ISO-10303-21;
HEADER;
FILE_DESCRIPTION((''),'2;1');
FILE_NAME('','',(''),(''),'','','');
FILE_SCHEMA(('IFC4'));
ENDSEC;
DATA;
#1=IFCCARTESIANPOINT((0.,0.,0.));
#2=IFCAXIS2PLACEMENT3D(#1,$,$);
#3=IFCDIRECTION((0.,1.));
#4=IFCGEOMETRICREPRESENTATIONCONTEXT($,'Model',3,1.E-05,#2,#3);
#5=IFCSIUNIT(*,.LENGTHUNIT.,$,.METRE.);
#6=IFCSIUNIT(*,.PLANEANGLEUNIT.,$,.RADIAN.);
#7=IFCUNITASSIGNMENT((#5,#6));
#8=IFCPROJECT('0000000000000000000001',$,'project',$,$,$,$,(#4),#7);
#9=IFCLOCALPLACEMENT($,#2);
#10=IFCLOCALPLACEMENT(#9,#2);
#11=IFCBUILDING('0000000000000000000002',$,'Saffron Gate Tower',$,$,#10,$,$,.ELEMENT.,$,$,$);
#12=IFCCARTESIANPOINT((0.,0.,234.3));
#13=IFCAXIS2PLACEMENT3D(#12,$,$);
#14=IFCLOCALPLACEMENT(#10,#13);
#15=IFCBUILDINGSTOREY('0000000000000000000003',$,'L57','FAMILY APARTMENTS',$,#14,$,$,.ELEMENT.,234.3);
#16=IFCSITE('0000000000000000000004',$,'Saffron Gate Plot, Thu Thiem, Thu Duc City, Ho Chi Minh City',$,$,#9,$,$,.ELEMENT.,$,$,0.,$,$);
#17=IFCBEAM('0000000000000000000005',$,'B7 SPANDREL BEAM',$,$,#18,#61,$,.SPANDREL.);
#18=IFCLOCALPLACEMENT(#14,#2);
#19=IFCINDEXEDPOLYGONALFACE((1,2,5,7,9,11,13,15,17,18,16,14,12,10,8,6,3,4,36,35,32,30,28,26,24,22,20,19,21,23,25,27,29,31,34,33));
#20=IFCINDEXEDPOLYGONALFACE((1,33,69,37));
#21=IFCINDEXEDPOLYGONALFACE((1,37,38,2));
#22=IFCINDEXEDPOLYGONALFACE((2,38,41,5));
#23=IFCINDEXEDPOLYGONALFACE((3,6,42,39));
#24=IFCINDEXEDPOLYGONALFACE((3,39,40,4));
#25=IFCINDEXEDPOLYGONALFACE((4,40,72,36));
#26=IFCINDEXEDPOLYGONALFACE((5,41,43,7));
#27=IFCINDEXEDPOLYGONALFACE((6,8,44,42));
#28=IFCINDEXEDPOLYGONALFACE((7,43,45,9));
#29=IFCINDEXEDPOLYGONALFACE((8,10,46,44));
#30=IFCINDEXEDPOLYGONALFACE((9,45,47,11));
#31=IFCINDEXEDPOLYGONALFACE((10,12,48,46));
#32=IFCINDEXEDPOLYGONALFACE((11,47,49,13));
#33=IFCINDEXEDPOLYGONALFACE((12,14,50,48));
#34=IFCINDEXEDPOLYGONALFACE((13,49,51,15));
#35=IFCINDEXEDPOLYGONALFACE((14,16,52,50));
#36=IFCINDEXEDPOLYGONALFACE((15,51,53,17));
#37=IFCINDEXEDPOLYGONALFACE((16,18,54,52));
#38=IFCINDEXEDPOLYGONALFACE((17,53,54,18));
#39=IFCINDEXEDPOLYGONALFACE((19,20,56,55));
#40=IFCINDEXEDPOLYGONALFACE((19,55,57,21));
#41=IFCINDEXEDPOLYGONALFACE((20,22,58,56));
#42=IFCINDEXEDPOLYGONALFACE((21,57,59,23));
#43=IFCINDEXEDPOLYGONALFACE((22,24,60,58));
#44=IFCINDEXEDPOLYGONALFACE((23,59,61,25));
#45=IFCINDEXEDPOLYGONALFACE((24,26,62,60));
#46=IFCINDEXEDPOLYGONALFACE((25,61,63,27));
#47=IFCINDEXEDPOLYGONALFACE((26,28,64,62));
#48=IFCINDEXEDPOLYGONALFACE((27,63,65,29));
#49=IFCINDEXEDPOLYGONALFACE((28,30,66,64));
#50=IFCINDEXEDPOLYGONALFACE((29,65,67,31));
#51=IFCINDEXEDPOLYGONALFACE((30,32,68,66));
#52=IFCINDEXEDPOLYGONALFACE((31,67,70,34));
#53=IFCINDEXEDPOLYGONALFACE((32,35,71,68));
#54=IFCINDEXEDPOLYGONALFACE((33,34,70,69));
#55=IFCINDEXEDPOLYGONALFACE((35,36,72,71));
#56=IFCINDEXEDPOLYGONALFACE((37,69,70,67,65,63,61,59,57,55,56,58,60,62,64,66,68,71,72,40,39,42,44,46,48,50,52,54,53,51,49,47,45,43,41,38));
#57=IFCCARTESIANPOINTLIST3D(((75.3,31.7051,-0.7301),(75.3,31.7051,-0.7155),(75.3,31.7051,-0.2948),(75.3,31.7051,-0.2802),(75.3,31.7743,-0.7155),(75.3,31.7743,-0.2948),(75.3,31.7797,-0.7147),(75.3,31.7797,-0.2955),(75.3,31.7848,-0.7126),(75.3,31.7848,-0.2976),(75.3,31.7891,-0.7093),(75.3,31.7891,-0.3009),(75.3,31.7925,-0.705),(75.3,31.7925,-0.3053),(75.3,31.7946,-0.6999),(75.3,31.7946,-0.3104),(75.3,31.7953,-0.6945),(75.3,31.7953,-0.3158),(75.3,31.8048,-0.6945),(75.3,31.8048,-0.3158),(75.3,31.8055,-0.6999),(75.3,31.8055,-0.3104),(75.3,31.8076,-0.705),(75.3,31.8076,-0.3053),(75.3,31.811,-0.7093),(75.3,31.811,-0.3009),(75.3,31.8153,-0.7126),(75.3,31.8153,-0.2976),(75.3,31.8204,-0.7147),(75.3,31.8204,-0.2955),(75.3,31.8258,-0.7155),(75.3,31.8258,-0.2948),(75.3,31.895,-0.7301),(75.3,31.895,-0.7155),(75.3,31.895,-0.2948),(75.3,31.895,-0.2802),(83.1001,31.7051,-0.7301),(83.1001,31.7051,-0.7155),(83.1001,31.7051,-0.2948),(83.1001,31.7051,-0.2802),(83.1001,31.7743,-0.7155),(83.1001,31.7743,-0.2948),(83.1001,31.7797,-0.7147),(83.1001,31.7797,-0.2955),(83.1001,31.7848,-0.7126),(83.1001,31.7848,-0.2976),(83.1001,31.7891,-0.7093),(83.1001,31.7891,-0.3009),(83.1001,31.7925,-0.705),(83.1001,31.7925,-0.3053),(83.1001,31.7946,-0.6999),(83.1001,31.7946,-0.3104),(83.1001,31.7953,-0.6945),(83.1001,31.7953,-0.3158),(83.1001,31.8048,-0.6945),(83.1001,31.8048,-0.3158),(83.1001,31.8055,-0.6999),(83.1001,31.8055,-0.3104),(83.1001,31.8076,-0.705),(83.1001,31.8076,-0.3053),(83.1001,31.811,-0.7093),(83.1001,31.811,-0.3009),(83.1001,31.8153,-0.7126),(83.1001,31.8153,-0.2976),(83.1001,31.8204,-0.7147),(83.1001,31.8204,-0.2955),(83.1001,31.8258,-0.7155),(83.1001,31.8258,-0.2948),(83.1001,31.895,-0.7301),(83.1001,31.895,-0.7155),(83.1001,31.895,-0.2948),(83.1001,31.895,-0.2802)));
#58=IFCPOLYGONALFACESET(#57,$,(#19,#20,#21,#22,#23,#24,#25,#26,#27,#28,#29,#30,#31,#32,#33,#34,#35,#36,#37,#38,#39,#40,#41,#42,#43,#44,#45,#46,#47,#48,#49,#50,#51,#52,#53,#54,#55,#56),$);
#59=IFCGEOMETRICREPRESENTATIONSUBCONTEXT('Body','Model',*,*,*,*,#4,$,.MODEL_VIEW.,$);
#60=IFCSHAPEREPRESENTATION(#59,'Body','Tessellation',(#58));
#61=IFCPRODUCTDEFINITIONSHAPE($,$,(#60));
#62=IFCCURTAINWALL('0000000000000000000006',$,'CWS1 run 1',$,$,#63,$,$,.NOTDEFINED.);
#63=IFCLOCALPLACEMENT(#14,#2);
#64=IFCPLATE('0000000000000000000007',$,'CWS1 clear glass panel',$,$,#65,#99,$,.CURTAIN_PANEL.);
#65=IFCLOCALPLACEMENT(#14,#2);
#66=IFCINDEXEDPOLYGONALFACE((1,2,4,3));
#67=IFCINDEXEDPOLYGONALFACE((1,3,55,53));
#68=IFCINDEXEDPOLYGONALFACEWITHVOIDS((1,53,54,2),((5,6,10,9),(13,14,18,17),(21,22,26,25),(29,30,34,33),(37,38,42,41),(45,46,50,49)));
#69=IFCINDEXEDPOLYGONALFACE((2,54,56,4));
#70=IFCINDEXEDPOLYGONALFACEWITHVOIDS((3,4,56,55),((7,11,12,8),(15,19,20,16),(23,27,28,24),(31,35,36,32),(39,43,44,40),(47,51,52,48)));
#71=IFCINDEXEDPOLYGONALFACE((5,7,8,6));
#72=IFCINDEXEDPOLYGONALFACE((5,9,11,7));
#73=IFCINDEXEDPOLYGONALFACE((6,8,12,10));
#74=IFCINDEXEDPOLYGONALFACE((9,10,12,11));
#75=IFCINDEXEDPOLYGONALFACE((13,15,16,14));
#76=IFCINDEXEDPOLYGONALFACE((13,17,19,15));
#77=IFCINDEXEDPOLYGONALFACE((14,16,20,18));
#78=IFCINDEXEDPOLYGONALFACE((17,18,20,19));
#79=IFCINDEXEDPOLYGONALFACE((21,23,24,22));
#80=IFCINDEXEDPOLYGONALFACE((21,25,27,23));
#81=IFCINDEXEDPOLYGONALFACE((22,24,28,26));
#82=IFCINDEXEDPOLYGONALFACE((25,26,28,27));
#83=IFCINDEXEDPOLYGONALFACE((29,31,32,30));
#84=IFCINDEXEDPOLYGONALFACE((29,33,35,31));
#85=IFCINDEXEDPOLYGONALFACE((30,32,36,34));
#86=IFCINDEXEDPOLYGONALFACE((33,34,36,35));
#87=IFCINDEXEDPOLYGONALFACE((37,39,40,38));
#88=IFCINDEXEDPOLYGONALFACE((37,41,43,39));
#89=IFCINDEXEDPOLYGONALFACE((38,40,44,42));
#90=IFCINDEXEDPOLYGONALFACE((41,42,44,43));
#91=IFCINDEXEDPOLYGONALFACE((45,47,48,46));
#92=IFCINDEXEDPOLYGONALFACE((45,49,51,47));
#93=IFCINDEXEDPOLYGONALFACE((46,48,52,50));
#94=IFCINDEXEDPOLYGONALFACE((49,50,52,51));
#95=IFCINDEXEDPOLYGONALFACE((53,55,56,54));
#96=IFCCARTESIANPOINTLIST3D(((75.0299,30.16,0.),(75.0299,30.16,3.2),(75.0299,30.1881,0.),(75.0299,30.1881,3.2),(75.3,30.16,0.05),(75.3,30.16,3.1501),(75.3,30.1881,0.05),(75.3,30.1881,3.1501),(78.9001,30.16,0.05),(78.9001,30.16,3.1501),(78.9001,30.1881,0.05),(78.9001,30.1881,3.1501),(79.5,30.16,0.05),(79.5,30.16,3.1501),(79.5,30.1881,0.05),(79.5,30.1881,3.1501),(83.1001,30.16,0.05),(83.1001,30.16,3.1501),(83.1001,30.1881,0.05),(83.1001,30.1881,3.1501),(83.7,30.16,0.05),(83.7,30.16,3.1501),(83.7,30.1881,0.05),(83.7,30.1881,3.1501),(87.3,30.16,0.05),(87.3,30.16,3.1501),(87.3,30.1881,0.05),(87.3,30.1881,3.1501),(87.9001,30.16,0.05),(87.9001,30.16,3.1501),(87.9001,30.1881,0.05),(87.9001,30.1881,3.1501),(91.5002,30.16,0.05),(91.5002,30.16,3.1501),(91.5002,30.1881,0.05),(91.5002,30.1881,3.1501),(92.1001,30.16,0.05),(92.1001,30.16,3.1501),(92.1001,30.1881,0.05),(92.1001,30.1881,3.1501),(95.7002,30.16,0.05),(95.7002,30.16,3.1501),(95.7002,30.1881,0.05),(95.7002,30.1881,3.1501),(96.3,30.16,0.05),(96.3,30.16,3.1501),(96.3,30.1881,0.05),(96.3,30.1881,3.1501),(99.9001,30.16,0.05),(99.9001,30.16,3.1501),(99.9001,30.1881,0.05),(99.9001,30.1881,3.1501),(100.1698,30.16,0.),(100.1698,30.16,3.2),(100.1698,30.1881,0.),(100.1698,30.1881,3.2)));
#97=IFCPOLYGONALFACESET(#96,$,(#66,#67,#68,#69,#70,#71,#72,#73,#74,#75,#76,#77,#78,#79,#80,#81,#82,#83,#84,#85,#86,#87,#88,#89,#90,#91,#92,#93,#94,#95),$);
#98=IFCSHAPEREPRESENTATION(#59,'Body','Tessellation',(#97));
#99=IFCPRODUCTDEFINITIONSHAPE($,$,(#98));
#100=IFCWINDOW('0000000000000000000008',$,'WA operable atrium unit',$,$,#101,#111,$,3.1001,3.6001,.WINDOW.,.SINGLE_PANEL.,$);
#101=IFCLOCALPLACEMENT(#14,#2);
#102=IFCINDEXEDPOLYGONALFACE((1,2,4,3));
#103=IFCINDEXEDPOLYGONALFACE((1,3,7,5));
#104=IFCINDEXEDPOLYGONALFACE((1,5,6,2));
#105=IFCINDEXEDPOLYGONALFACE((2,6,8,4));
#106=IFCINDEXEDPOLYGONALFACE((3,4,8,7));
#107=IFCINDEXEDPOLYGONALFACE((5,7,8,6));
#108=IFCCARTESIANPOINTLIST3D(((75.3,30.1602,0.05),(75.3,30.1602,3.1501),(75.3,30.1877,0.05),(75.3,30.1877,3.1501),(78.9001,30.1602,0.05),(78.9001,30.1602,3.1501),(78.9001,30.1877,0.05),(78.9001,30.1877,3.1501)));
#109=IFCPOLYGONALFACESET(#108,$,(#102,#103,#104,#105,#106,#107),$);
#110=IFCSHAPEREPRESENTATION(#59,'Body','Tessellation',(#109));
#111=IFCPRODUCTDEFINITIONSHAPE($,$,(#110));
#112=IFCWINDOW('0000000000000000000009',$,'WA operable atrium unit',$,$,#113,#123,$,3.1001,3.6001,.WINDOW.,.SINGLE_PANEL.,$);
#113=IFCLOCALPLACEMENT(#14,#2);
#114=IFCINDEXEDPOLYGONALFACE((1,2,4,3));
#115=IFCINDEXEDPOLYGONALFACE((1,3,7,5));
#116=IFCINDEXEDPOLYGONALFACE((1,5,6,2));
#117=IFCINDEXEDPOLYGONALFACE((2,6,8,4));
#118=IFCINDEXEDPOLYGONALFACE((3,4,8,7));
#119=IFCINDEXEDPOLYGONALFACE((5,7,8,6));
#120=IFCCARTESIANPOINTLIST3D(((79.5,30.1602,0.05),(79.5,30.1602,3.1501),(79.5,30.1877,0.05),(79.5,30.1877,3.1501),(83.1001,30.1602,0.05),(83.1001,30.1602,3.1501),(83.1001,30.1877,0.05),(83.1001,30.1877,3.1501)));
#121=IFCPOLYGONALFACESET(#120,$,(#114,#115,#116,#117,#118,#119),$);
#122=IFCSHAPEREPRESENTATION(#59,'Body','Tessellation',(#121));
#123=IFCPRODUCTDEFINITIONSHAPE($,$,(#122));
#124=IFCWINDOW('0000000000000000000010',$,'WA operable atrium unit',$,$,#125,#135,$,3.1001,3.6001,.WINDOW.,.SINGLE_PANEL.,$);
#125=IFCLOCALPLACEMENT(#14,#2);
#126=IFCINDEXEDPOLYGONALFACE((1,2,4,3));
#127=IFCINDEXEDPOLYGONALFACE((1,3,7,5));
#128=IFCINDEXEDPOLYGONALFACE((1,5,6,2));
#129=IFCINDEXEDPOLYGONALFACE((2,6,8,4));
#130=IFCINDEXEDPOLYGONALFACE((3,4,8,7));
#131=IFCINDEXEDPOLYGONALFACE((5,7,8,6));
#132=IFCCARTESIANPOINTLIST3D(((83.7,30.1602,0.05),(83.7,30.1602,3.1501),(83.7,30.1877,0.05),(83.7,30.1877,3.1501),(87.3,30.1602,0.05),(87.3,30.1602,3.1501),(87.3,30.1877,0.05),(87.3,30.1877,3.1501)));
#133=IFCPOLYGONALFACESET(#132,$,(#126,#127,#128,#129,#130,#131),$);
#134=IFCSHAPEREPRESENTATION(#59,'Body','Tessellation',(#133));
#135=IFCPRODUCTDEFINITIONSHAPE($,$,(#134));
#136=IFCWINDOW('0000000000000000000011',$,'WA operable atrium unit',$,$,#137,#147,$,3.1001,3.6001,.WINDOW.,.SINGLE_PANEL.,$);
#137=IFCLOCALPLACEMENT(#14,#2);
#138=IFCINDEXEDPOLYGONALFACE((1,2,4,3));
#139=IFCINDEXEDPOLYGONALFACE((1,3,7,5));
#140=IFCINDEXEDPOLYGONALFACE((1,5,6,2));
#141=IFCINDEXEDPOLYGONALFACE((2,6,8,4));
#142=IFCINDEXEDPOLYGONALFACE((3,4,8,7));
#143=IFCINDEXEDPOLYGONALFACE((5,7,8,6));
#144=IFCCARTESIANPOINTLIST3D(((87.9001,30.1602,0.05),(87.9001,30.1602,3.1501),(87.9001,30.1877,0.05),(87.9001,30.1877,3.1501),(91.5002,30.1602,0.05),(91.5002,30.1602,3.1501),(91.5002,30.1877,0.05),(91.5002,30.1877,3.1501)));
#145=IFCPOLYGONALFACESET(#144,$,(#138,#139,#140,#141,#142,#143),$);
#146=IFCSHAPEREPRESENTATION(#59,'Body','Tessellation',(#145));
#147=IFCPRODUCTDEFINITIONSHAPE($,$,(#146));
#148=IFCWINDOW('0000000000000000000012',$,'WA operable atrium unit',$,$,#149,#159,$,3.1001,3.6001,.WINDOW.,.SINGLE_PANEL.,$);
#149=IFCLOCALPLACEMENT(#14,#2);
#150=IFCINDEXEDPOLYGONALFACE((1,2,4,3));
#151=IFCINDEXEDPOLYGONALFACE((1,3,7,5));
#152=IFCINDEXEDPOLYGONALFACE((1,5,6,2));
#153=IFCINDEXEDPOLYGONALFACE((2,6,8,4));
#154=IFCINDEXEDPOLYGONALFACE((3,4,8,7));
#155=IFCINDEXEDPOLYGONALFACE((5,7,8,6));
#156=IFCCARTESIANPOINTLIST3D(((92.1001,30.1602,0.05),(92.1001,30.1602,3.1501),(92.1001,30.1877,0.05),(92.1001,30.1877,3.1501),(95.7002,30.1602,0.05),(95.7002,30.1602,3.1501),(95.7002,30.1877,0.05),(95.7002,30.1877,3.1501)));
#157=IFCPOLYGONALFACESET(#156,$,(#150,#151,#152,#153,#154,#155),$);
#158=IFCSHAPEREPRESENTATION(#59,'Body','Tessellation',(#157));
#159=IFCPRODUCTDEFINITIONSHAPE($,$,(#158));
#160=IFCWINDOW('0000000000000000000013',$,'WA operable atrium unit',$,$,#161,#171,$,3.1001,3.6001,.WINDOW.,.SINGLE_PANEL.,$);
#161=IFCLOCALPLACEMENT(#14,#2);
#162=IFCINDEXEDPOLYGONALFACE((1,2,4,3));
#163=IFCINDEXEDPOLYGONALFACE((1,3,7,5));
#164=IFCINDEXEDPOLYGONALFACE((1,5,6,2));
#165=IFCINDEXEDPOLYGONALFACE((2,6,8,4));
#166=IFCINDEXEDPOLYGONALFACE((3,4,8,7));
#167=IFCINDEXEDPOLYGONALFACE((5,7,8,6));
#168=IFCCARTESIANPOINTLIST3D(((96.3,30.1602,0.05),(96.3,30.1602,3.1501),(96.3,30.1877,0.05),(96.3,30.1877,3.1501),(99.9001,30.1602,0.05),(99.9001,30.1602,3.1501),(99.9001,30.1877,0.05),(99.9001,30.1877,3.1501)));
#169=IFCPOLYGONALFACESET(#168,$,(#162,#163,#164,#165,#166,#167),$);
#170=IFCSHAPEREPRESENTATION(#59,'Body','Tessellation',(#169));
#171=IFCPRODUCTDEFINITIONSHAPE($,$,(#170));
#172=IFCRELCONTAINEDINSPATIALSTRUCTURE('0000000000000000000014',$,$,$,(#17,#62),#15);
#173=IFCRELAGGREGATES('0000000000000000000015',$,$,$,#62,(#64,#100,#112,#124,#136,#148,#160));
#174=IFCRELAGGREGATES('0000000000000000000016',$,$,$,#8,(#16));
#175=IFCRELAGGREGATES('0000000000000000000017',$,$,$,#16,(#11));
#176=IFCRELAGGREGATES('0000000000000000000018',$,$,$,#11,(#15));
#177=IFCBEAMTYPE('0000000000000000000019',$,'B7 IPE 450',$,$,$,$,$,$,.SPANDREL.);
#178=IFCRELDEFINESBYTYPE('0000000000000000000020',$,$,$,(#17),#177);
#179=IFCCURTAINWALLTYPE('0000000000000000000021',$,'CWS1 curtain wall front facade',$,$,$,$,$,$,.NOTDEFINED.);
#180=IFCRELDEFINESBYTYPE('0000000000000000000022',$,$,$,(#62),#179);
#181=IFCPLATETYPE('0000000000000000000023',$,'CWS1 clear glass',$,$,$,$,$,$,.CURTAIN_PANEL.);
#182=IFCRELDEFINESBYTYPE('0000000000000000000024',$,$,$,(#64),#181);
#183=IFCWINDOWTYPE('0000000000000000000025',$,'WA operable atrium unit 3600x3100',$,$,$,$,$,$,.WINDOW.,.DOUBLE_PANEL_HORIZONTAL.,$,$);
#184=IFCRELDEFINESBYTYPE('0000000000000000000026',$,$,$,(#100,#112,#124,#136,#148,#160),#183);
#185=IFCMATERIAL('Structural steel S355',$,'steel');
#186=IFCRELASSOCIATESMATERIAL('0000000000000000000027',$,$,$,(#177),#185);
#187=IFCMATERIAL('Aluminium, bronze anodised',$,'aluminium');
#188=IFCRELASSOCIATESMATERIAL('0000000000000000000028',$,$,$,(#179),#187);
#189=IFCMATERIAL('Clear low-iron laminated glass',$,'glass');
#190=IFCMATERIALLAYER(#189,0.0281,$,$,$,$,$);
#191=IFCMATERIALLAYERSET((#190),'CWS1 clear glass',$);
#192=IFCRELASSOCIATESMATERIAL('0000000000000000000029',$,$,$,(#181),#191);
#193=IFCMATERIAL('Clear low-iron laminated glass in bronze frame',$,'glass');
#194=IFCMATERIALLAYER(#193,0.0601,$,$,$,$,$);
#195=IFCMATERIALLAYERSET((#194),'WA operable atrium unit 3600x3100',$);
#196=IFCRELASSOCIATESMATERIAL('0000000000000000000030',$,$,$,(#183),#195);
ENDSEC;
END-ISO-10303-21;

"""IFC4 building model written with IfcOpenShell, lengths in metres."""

from ifc_helpers import new_model, si_unit, direction, frame, frame_2d, origin, origin_2d, place, context, subcontext, project, spatial, rectangle, i_section, extrude, material, layer, layer_set, material_profile, profile_set, type_object, element, fill, aggregate, save


model = new_model("IFC4")

# Units and contexts
model_context = context("Model", 3, precision=1e-05, world=origin(), true_north=direction((0.0, 1.0)))
body_context = subcontext(model_context, "Body", "Model", "MODEL_VIEW")
ifc_project = project(units=[si_unit("LENGTHUNIT", "METRE"), si_unit("PLANEANGLEUNIT", "RADIAN")], contexts=[model_context])

# Site, building, storey
site_placement = place(None, origin())
site = spatial("IfcSite", under=ifc_project, at=site_placement, Name="Saffron Gate Plot, Thu Thiem, Thu Duc City, Ho Chi Minh City", CompositionType="ELEMENT", RefElevation=0.0)
building_placement = place(site_placement, origin())
building = spatial("IfcBuilding", under=site, at=building_placement, Name="Saffron Gate Tower", CompositionType="ELEMENT")
storey_placement = place(building_placement, frame((0.0, 0.0, 234.3)))
storey = spatial("IfcBuildingStorey", under=building, at=storey_placement, Name="L57", Description="FAMILY APARTMENTS", CompositionType="ELEMENT", Elevation=234.3)

# Beam
ifc_material_1 = material(Name="Structural steel S355", Category="steel")
ifc_material_profile_1 = material_profile(ifc_material_1, i_section(OverallWidth=0.1899, OverallDepth=0.45, WebThickness=0.0095, FlangeThickness=0.0146, FilletRadius=0.021, at=origin_2d()))
ifc_profile_set_1 = profile_set([ifc_material_profile_1], Name="Structural steel S355")
beam_type_1 = type_object("IfcBeamType", Name="B7 IPE 450", PredefinedType="SPANDREL", material=ifc_profile_set_1)
beam_1_placement = place(storey_placement, frame((75.3, 31.8, -0.5051), z_axis=(1.0, 0.0, 0.0), x_axis=(0.0, 1.0, 0.0)))
element("IfcBeam", 1, at=beam_1_placement, inside=storey, type_object=beam_type_1, Name="B7 SPANDREL BEAM", PredefinedType="SPANDREL", context=body_context, shape_type="SweptSolid", body=[
    extrude(i_section(OverallWidth=0.1899, OverallDepth=0.45, WebThickness=0.0095, FlangeThickness=0.0146, FilletRadius=0.021, at=origin_2d()), origin(), (0.0, 0.0, 1.0), 7.8),
])

# Curtain wall, plate, openings, windows
ifc_material_2 = material(Name="Aluminium, bronze anodised", Category="aluminium")
curtain_wall_type = type_object("IfcCurtainWallType", Name="CWS1 curtain wall front facade", PredefinedType="NOTDEFINED", material=ifc_material_2)
curtain_wall_placement = place(storey_placement, origin())
curtain_wall = element("IfcCurtainWall", 2, at=curtain_wall_placement, inside=storey, type_object=curtain_wall_type, Name="CWS1 run 1", PredefinedType="NOTDEFINED")
ifc_material_3 = material(Name="Clear low-iron laminated glass", Category="glass")
ifc_layer_1 = layer(ifc_material_3, 0.0281)
ifc_layer_set_1 = layer_set([ifc_layer_1], Name="CWS1 clear glass")
plate_type = type_object("IfcPlateType", Name="CWS1 clear glass", PredefinedType="CURTAIN_PANEL", material=ifc_layer_set_1)
plate_placement = place(storey_placement, frame((75.03, 30.1741, 0.0), z_axis=(0.0, 0.0, 1.0), x_axis=(1.0, 0.0, 0.0)))
plate = element("IfcPlate", 3, at=plate_placement, type_object=plate_type, Name="CWS1 clear glass panel", PredefinedType="CURTAIN_PANEL", context=body_context, shape_type="SweptSolid", body=[
    extrude(rectangle(XDim=25.1399, YDim=0.0281, at=frame_2d((12.5698, 0.0))), origin(), (0.0, 0.0, 1.0), 3.2),
])
opening_1_placement = place(plate_placement, frame((0.27, 0.0, 0.05)))
opening_1 = element("IfcOpeningElement", 4, at=opening_1_placement, cuts=plate, PredefinedType="OPENING", context=body_context, shape_type="SweptSolid", body=[
    extrude(rectangle(XDim=3.6001, YDim=3.1001, at=frame_2d((1.8, 1.55))), frame((0.0, 0.0239, 0.0), z_axis=(0.0, -1.0, 0.0), x_axis=(1.0, 0.0, 0.0)), (0.0, 0.0, 1.0), 0.0481),
])
opening_2_placement = place(plate_placement, frame((4.47, 0.0, 0.05)))
opening_2 = element("IfcOpeningElement", 5, at=opening_2_placement, cuts=plate, PredefinedType="OPENING", context=body_context, shape_type="SweptSolid", body=[
    extrude(rectangle(XDim=3.6001, YDim=3.1001, at=frame_2d((1.8, 1.55))), frame((0.0, 0.0239, 0.0), z_axis=(0.0, -1.0, 0.0), x_axis=(1.0, 0.0, 0.0)), (0.0, 0.0, 1.0), 0.0481),
])
opening_3_placement = place(plate_placement, frame((8.6699, 0.0, 0.05)))
opening_3 = element("IfcOpeningElement", 6, at=opening_3_placement, cuts=plate, PredefinedType="OPENING", context=body_context, shape_type="SweptSolid", body=[
    extrude(rectangle(XDim=3.6001, YDim=3.1001, at=frame_2d((1.8, 1.55))), frame((0.0, 0.0239, 0.0), z_axis=(0.0, -1.0, 0.0), x_axis=(1.0, 0.0, 0.0)), (0.0, 0.0, 1.0), 0.0481),
])
opening_4_placement = place(plate_placement, frame((12.8701, 0.0, 0.05)))
opening_4 = element("IfcOpeningElement", 7, at=opening_4_placement, cuts=plate, PredefinedType="OPENING", context=body_context, shape_type="SweptSolid", body=[
    extrude(rectangle(XDim=3.6001, YDim=3.1001, at=frame_2d((1.8, 1.55))), frame((0.0, 0.0239, 0.0), z_axis=(0.0, -1.0, 0.0), x_axis=(1.0, 0.0, 0.0)), (0.0, 0.0, 1.0), 0.0481),
])
opening_5_placement = place(plate_placement, frame((17.0701, 0.0, 0.05)))
opening_5 = element("IfcOpeningElement", 8, at=opening_5_placement, cuts=plate, PredefinedType="OPENING", context=body_context, shape_type="SweptSolid", body=[
    extrude(rectangle(XDim=3.6001, YDim=3.1001, at=frame_2d((1.8, 1.55))), frame((0.0, 0.0239, 0.0), z_axis=(0.0, -1.0, 0.0), x_axis=(1.0, 0.0, 0.0)), (0.0, 0.0, 1.0), 0.0481),
])
opening_6_placement = place(plate_placement, frame((21.27, 0.0, 0.05)))
opening_6 = element("IfcOpeningElement", 9, at=opening_6_placement, cuts=plate, PredefinedType="OPENING", context=body_context, shape_type="SweptSolid", body=[
    extrude(rectangle(XDim=3.6001, YDim=3.1001, at=frame_2d((1.8, 1.55))), frame((0.0, 0.0239, 0.0), z_axis=(0.0, -1.0, 0.0), x_axis=(1.0, 0.0, 0.0)), (0.0, 0.0, 1.0), 0.0481),
])
ifc_material_4 = material(Name="Clear low-iron laminated glass in bronze frame", Category="glass")
ifc_layer_2 = layer(ifc_material_4, 0.0601)
ifc_layer_set_2 = layer_set([ifc_layer_2], Name="WA operable atrium unit 3600x3100")
window_type = type_object("IfcWindowType", Name="WA operable atrium unit 3600x3100", PartitioningType="DOUBLE_PANEL_HORIZONTAL", PredefinedType="WINDOW", material=ifc_layer_set_2)
window_1_placement = place(opening_1_placement, origin())
window_1 = element("IfcWindow", 10, at=window_1_placement, type_object=window_type, Name="WA operable atrium unit", OverallHeight=3.1001, OverallWidth=3.6001, PartitioningType="SINGLE_PANEL", PredefinedType="WINDOW", context=body_context, shape_type="SweptSolid", body=[
    extrude(rectangle(XDim=3.6001, YDim=3.1001, at=frame_2d((1.8, 1.55))), frame((0.0, 0.0137, 0.0), z_axis=(0.0, -1.0, 0.0), x_axis=(1.0, 0.0, 0.0)), (0.0, 0.0, 1.0), 0.0276),
])
fill(opening_1, window_1)
window_2_placement = place(opening_2_placement, origin())
window_2 = element("IfcWindow", 11, at=window_2_placement, type_object=window_type, Name="WA operable atrium unit", OverallHeight=3.1001, OverallWidth=3.6001, PartitioningType="SINGLE_PANEL", PredefinedType="WINDOW", context=body_context, shape_type="SweptSolid", body=[
    extrude(rectangle(XDim=3.6001, YDim=3.1001, at=frame_2d((1.8, 1.55))), frame((0.0, 0.0137, 0.0), z_axis=(0.0, -1.0, 0.0), x_axis=(1.0, 0.0, 0.0)), (0.0, 0.0, 1.0), 0.0276),
])
fill(opening_2, window_2)
window_3_placement = place(opening_3_placement, origin())
window_3 = element("IfcWindow", 12, at=window_3_placement, type_object=window_type, Name="WA operable atrium unit", OverallHeight=3.1001, OverallWidth=3.6001, PartitioningType="SINGLE_PANEL", PredefinedType="WINDOW", context=body_context, shape_type="SweptSolid", body=[
    extrude(rectangle(XDim=3.6001, YDim=3.1001, at=frame_2d((1.8, 1.55))), frame((0.0, 0.0137, 0.0), z_axis=(0.0, -1.0, 0.0), x_axis=(1.0, 0.0, 0.0)), (0.0, 0.0, 1.0), 0.0276),
])
fill(opening_3, window_3)
window_4_placement = place(opening_4_placement, origin())
window_4 = element("IfcWindow", 13, at=window_4_placement, type_object=window_type, Name="WA operable atrium unit", OverallHeight=3.1001, OverallWidth=3.6001, PartitioningType="SINGLE_PANEL", PredefinedType="WINDOW", context=body_context, shape_type="SweptSolid", body=[
    extrude(rectangle(XDim=3.6001, YDim=3.1001, at=frame_2d((1.8, 1.55))), frame((0.0, 0.0137, 0.0), z_axis=(0.0, -1.0, 0.0), x_axis=(1.0, 0.0, 0.0)), (0.0, 0.0, 1.0), 0.0276),
])
fill(opening_4, window_4)
window_5_placement = place(opening_5_placement, origin())
window_5 = element("IfcWindow", 14, at=window_5_placement, type_object=window_type, Name="WA operable atrium unit", OverallHeight=3.1001, OverallWidth=3.6001, PartitioningType="SINGLE_PANEL", PredefinedType="WINDOW", context=body_context, shape_type="SweptSolid", body=[
    extrude(rectangle(XDim=3.6001, YDim=3.1001, at=frame_2d((1.8, 1.55))), frame((0.0, 0.0137, 0.0), z_axis=(0.0, -1.0, 0.0), x_axis=(1.0, 0.0, 0.0)), (0.0, 0.0, 1.0), 0.0276),
])
fill(opening_5, window_5)
window_6_placement = place(opening_6_placement, origin())
window_6 = element("IfcWindow", 15, at=window_6_placement, type_object=window_type, Name="WA operable atrium unit", OverallHeight=3.1001, OverallWidth=3.6001, PartitioningType="SINGLE_PANEL", PredefinedType="WINDOW", context=body_context, shape_type="SweptSolid", body=[
    extrude(rectangle(XDim=3.6001, YDim=3.1001, at=frame_2d((1.8, 1.55))), frame((0.0, 0.0137, 0.0), z_axis=(0.0, -1.0, 0.0), x_axis=(1.0, 0.0, 0.0)), (0.0, 0.0, 1.0), 0.0276),
])
fill(opening_6, window_6)
aggregate(curtain_wall, [plate, window_1, window_2, window_3, window_4, window_5, window_6])

save(model, "model.ifc")
